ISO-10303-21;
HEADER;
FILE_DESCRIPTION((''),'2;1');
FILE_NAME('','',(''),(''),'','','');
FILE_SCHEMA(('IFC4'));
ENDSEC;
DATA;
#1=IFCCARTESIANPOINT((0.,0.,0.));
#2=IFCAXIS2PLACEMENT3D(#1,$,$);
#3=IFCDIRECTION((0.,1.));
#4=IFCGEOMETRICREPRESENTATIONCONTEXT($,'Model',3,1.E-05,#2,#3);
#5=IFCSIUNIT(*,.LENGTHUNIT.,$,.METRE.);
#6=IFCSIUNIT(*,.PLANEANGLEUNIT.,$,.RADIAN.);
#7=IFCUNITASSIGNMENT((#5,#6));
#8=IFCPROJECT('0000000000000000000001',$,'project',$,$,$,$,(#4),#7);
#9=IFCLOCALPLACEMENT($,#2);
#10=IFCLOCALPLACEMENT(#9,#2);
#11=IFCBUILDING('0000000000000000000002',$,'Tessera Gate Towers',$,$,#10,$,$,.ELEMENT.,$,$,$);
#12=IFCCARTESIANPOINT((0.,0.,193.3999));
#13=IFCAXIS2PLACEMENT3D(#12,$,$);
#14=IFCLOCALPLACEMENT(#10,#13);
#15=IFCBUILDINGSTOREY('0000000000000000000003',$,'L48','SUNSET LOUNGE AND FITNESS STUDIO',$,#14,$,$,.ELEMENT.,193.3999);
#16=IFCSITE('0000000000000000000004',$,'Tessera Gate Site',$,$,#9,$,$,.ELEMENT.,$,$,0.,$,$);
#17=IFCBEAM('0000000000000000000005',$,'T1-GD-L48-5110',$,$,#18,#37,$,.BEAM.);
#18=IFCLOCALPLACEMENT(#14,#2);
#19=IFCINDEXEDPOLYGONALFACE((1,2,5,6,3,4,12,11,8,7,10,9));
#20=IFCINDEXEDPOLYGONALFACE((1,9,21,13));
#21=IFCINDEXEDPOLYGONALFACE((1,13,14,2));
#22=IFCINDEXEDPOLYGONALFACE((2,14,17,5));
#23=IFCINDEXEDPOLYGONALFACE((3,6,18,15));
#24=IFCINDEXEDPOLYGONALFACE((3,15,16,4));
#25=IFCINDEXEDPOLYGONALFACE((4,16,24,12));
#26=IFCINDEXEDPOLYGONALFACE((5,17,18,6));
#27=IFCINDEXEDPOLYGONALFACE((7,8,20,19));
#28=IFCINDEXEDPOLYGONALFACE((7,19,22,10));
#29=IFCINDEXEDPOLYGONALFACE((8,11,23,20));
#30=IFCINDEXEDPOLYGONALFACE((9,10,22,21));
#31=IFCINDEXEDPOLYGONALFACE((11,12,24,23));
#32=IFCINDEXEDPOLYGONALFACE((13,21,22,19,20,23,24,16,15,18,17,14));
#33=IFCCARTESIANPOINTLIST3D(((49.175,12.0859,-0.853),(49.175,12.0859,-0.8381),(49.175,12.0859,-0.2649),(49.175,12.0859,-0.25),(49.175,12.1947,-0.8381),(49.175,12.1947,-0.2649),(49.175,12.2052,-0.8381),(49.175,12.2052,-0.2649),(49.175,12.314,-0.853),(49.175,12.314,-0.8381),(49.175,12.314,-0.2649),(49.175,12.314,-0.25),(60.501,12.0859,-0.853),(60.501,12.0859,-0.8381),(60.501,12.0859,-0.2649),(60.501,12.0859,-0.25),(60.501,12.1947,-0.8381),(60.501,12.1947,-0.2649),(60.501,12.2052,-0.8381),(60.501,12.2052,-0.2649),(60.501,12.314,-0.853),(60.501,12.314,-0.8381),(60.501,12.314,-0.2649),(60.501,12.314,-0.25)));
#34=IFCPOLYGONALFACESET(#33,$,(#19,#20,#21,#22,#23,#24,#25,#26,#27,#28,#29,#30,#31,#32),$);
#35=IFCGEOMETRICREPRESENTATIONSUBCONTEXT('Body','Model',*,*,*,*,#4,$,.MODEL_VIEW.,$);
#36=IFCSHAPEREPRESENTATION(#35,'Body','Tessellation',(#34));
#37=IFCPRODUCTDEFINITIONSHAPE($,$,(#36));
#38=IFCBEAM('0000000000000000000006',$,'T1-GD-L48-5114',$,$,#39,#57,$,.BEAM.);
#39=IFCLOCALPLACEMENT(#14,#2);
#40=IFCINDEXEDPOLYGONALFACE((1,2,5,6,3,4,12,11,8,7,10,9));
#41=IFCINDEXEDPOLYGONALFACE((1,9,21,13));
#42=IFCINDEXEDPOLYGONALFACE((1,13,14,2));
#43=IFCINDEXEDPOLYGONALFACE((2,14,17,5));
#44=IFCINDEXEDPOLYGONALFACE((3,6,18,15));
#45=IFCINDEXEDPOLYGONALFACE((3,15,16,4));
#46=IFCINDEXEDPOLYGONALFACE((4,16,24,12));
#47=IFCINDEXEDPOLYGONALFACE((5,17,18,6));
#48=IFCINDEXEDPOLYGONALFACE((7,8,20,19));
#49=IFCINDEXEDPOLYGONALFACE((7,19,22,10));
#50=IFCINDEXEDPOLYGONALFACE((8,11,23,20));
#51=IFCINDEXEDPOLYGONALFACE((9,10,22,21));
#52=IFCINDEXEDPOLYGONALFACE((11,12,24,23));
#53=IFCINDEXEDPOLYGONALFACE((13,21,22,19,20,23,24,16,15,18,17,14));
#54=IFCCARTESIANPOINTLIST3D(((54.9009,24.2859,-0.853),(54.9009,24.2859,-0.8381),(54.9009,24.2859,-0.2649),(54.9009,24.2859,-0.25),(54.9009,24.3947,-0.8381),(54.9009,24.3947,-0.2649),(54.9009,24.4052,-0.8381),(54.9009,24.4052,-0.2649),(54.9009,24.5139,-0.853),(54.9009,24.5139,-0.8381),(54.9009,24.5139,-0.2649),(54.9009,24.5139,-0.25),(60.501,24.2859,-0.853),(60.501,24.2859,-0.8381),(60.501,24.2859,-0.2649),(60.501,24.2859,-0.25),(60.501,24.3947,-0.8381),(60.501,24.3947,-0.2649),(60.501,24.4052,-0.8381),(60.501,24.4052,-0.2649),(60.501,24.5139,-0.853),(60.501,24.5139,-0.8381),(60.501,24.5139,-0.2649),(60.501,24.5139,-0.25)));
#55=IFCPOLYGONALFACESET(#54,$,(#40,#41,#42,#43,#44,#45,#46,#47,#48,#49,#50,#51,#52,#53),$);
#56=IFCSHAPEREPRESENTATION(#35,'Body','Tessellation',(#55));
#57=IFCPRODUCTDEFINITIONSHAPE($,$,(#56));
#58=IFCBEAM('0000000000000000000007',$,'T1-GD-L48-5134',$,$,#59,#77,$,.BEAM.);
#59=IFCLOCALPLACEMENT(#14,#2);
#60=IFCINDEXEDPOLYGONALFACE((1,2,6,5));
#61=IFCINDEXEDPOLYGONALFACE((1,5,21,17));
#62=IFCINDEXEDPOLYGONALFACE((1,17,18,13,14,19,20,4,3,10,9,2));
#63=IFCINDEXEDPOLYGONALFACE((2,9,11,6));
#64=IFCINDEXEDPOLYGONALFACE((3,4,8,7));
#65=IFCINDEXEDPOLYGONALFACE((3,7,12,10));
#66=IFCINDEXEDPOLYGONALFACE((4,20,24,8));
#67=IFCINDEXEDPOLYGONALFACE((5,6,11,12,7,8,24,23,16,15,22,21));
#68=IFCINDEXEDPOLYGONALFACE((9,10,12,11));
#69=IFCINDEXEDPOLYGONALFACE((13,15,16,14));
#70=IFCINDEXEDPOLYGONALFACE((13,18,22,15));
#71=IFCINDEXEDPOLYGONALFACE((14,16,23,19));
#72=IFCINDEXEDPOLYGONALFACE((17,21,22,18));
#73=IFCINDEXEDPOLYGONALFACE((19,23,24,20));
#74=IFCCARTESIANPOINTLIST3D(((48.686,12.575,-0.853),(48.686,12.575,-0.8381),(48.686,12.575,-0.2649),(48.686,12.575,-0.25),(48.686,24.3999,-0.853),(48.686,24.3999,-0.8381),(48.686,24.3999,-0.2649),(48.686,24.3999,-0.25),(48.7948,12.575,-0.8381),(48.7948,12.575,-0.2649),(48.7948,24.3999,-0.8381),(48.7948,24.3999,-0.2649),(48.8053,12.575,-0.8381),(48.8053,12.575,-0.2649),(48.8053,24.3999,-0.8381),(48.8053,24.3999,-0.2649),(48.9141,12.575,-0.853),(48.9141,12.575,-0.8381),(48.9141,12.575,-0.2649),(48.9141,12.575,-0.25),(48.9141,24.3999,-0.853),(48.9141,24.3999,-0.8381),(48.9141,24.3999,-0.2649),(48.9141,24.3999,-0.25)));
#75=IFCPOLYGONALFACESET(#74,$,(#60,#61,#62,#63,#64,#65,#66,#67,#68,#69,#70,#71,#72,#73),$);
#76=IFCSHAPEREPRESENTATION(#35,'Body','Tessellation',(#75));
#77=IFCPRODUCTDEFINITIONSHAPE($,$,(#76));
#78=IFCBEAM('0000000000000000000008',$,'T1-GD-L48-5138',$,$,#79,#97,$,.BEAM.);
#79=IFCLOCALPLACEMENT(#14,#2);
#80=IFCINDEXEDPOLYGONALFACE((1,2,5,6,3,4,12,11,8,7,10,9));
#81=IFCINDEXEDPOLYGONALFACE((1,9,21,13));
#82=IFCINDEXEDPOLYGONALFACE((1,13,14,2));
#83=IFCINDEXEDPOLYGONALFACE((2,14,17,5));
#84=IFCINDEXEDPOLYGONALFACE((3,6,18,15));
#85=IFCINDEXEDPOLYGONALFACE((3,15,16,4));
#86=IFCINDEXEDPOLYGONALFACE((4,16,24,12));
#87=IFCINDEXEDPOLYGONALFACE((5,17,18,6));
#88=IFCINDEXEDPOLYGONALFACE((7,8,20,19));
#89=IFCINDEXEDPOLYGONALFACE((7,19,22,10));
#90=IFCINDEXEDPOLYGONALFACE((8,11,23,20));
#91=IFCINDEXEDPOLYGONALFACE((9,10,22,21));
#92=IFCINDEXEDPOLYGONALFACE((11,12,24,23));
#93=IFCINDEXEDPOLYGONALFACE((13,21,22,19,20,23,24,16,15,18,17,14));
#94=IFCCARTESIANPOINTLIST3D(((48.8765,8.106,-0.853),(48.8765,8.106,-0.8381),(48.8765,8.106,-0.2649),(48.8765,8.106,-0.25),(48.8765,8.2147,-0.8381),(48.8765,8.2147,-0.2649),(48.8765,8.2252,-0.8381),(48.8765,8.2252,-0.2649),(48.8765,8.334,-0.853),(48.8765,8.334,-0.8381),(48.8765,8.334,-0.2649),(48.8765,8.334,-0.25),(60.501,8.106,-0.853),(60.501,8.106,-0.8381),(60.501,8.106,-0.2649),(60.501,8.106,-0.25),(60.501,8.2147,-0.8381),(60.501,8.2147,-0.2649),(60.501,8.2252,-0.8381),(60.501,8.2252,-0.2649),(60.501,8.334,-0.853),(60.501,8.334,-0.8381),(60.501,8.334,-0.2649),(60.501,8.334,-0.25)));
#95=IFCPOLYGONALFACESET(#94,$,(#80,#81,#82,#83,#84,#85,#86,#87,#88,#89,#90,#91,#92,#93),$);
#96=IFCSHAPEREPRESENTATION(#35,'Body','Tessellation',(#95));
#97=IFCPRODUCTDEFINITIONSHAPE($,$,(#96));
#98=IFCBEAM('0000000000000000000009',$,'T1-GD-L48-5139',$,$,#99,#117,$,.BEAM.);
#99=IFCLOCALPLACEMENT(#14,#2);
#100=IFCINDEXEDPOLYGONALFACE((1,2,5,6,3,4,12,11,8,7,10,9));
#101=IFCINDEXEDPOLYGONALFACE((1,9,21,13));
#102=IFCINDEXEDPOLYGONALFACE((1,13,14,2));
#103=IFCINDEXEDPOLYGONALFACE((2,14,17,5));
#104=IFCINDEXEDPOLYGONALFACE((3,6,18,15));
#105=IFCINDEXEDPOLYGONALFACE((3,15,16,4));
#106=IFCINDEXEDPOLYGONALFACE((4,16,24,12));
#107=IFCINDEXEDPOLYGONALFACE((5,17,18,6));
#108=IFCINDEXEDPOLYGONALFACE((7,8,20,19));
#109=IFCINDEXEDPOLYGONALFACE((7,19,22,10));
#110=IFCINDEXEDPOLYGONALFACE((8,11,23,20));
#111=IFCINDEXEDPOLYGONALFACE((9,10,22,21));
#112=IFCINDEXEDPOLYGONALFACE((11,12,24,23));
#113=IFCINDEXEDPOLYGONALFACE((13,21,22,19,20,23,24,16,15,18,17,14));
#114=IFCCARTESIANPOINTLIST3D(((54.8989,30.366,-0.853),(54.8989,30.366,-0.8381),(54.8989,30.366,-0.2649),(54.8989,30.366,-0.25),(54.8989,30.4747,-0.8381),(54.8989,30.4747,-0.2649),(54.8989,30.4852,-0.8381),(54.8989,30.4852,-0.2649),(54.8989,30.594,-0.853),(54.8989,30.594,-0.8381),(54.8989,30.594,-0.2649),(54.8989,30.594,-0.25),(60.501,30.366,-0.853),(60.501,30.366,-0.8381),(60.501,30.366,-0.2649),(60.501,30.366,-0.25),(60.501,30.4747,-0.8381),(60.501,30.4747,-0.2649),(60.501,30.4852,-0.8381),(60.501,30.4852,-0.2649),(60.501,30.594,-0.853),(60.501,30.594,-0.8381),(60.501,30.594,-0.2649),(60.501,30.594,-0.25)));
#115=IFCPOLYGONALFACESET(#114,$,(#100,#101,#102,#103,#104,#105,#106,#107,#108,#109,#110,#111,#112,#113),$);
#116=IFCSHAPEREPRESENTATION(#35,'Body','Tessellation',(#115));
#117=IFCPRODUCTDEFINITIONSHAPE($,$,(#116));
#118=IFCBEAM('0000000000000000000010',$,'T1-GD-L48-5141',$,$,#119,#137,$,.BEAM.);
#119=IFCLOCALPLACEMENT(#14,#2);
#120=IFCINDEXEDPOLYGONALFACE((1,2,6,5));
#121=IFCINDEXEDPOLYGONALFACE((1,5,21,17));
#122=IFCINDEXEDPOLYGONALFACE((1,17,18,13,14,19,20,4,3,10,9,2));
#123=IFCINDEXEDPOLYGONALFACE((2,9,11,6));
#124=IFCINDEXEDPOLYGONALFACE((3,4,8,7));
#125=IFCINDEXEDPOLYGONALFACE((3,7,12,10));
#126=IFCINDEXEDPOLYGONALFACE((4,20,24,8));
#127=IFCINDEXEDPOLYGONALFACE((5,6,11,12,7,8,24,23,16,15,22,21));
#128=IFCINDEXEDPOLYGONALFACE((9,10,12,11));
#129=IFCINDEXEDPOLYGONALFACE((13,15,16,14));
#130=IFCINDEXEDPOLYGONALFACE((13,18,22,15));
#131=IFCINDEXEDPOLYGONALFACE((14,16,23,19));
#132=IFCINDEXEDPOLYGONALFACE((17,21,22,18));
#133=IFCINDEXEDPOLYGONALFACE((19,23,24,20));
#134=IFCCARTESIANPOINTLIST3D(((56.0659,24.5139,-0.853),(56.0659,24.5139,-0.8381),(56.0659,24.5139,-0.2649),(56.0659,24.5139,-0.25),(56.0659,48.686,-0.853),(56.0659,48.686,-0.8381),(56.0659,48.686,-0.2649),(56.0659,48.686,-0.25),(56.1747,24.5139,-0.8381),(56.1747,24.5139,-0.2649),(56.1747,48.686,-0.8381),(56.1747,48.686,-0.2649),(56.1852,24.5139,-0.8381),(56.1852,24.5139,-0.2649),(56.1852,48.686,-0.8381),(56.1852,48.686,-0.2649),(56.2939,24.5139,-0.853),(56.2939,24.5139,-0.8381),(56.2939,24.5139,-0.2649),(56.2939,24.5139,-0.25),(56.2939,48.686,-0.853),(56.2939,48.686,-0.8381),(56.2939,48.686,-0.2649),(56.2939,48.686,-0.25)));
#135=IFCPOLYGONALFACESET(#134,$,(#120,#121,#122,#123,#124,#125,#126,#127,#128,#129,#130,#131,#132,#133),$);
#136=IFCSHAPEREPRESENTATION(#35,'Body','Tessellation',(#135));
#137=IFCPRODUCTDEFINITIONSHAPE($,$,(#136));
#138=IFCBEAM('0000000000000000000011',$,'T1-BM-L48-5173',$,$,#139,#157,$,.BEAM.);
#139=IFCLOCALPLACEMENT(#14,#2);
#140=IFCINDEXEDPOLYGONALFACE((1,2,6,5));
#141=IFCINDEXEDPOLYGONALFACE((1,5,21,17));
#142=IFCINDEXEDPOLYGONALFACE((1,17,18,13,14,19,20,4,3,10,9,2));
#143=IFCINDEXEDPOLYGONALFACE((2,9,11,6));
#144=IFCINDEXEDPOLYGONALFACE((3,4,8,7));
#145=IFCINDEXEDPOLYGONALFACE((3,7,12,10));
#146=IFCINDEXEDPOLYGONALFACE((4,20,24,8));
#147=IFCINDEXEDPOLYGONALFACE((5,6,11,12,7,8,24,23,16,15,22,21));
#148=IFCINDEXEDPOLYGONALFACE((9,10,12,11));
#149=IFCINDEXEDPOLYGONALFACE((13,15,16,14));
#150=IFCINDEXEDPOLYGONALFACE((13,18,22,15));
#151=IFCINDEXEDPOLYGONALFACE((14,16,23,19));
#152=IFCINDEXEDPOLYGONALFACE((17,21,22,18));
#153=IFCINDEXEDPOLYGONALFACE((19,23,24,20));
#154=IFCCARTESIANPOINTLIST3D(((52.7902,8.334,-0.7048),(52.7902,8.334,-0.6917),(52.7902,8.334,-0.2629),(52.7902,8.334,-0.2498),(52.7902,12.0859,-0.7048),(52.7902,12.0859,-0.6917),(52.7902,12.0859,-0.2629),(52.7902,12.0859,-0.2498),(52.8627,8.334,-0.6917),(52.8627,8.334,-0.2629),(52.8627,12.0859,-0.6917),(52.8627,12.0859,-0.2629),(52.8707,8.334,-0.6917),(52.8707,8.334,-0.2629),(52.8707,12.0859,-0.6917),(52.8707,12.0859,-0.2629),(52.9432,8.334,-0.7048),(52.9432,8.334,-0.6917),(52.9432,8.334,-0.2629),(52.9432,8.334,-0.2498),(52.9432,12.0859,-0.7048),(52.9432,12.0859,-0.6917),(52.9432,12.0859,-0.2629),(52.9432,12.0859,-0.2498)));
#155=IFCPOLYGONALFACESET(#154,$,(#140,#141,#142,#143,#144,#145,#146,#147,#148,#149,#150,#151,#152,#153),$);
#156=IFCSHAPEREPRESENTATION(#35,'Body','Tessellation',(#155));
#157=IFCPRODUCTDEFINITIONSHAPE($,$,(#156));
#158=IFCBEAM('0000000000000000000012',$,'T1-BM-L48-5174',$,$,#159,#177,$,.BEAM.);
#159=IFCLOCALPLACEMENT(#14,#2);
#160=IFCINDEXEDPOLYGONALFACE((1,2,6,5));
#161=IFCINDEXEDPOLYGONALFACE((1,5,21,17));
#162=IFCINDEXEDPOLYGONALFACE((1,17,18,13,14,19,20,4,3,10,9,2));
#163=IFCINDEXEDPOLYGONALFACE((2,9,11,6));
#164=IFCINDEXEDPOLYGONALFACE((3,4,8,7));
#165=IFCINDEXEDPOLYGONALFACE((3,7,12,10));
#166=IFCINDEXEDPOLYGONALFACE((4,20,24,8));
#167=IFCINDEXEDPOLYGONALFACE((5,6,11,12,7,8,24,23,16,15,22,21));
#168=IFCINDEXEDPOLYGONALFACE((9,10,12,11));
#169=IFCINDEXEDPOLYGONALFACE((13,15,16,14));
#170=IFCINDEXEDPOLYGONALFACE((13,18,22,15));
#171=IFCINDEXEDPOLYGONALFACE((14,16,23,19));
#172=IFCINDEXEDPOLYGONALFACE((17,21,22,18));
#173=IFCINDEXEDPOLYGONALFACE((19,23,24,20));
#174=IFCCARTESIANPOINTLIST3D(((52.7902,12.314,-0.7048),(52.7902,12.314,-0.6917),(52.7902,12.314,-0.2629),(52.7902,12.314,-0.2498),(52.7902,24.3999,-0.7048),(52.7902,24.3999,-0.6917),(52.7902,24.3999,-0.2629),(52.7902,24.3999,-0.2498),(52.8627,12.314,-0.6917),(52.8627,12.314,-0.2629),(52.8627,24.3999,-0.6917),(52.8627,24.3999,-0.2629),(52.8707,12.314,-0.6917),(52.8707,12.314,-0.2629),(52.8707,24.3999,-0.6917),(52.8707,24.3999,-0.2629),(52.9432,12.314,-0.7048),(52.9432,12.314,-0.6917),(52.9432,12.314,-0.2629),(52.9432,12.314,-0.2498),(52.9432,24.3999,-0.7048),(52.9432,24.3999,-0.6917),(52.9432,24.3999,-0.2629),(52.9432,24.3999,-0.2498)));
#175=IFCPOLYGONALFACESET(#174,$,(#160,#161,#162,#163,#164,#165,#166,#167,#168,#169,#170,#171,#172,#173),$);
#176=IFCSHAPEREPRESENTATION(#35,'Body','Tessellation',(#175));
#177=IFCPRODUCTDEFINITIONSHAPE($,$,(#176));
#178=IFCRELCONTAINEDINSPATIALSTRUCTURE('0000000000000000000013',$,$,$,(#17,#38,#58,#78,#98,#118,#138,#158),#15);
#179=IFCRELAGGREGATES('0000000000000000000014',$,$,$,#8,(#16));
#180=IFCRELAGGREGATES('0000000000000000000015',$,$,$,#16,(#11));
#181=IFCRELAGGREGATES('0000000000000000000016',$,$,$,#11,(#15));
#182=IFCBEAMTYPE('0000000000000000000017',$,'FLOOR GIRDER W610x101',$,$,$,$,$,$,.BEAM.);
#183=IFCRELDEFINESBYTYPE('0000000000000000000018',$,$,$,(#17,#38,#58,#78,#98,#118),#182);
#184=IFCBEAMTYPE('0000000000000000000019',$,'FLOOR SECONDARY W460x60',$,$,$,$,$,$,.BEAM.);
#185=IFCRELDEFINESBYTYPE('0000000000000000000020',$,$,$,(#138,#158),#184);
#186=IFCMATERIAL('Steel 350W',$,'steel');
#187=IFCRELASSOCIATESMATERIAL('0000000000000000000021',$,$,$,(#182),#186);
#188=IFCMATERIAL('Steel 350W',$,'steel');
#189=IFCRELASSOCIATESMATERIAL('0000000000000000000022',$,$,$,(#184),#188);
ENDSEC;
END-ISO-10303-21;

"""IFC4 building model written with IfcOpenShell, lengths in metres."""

from ifc_helpers import new_model, si_unit, direction, frame, origin, origin_2d, place, context, subcontext, project, spatial, i_section, extrude, material, material_profile, profile_set, type_object, element, save


model = new_model("IFC4")

# Units and contexts
model_context = context("Model", 3, precision=1e-05, world=origin(), true_north=direction((0.0, 1.0)))
body_context = subcontext(model_context, "Body", "Model", "MODEL_VIEW")
ifc_project = project(units=[si_unit("LENGTHUNIT", "METRE"), si_unit("PLANEANGLEUNIT", "RADIAN")], contexts=[model_context])

# Site, building, storey
site_placement = place(None, origin())
site = spatial("IfcSite", under=ifc_project, at=site_placement, Name="Tessera Gate Site", CompositionType="ELEMENT", RefElevation=0.0)
building_placement = place(site_placement, origin())
building = spatial("IfcBuilding", under=site, at=building_placement, Name="Tessera Gate Towers", CompositionType="ELEMENT")
storey_placement = place(building_placement, frame((0.0, 0.0, 193.3999)))
storey = spatial("IfcBuildingStorey", under=building, at=storey_placement, Name="L48", Description="SUNSET LOUNGE AND FITNESS STUDIO", CompositionType="ELEMENT", Elevation=193.3999)

# Beams
ifc_material_1 = material(Name="Steel 350W", Category="steel")
ifc_material_profile_1 = material_profile(ifc_material_1, i_section(OverallWidth=0.228, OverallDepth=0.603, WebThickness=0.0105, FlangeThickness=0.0149, at=origin_2d()), Name="W610x101")
ifc_profile_set_1 = profile_set([ifc_material_profile_1], Name="Steel 350W")
beam_type_1 = type_object("IfcBeamType", Name="FLOOR GIRDER W610x101", PredefinedType="BEAM", material=ifc_profile_set_1)
beam_1_placement = place(storey_placement, frame((49.175, 12.2, -0.5515), z_axis=(1.0, 0.0, 0.0), x_axis=(0.0, 1.0, 0.0)))
element("IfcBeam", 1, at=beam_1_placement, inside=storey, type_object=beam_type_1, Name="T1-GD-L48-5110", PredefinedType="BEAM", context=body_context, shape_type="SweptSolid", body=[
    extrude(i_section(OverallWidth=0.228, OverallDepth=0.603, WebThickness=0.0105, FlangeThickness=0.0149, at=origin_2d()), origin(), (0.0, 0.0, 1.0), 11.3259),
])
beam_2_placement = place(storey_placement, frame((54.9009, 24.3999, -0.5515), z_axis=(1.0, 0.0, 0.0), x_axis=(0.0, 1.0, 0.0)))
element("IfcBeam", 2, at=beam_2_placement, inside=storey, type_object=beam_type_1, Name="T1-GD-L48-5114", PredefinedType="BEAM", context=body_context, shape_type="SweptSolid", body=[
    extrude(i_section(OverallWidth=0.228, OverallDepth=0.603, WebThickness=0.0105, FlangeThickness=0.0149, at=origin_2d()), origin(), (0.0, 0.0, 1.0), 5.6001),
])
beam_3_placement = place(storey_placement, frame((48.8, 12.575, -0.5515), z_axis=(0.0, 1.0, 0.0), x_axis=(-1.0, 0.0, 0.0)))
element("IfcBeam", 3, at=beam_3_placement, inside=storey, type_object=beam_type_1, Name="T1-GD-L48-5134", PredefinedType="BEAM", context=body_context, shape_type="SweptSolid", body=[
    extrude(i_section(OverallWidth=0.228, OverallDepth=0.603, WebThickness=0.0105, FlangeThickness=0.0149, at=origin_2d()), origin(), (0.0, 0.0, 1.0), 11.825),
])
beam_4_placement = place(storey_placement, frame((48.8765, 8.22, -0.5515), z_axis=(1.0, 0.0, 0.0), x_axis=(0.0, 1.0, 0.0)))
element("IfcBeam", 4, at=beam_4_placement, inside=storey, type_object=beam_type_1, Name="T1-GD-L48-5138", PredefinedType="BEAM", context=body_context, shape_type="SweptSolid", body=[
    extrude(i_section(OverallWidth=0.228, OverallDepth=0.603, WebThickness=0.0105, FlangeThickness=0.0149, at=origin_2d()), origin(), (0.0, 0.0, 1.0), 11.6245),
])
beam_5_placement = place(storey_placement, frame((54.8989, 30.48, -0.5515), z_axis=(1.0, 0.0, 0.0), x_axis=(0.0, 1.0, 0.0)))
element("IfcBeam", 5, at=beam_5_placement, inside=storey, type_object=beam_type_1, Name="T1-GD-L48-5139", PredefinedType="BEAM", context=body_context, shape_type="SweptSolid", body=[
    extrude(i_section(OverallWidth=0.228, OverallDepth=0.603, WebThickness=0.0105, FlangeThickness=0.0149, at=origin_2d()), origin(), (0.0, 0.0, 1.0), 5.6021),
])
beam_6_placement = place(storey_placement, frame((56.1799, 24.5139, -0.5515), z_axis=(0.0, 1.0, 0.0), x_axis=(-1.0, 0.0, 0.0)))
element("IfcBeam", 6, at=beam_6_placement, inside=storey, type_object=beam_type_1, Name="T1-GD-L48-5141", PredefinedType="BEAM", context=body_context, shape_type="SweptSolid", body=[
    extrude(i_section(OverallWidth=0.228, OverallDepth=0.603, WebThickness=0.0105, FlangeThickness=0.0149, at=origin_2d()), origin(), (0.0, 0.0, 1.0), 24.1721),
])
ifc_material_2 = material(Name="Steel 350W", Category="steel")
ifc_material_profile_2 = material_profile(ifc_material_2, i_section(OverallWidth=0.1531, OverallDepth=0.4551, WebThickness=0.0081, FlangeThickness=0.0132, at=origin_2d()), Name="W460x60")
ifc_profile_set_2 = profile_set([ifc_material_profile_2], Name="Steel 350W")
beam_type_2 = type_object("IfcBeamType", Name="FLOOR SECONDARY W460x60", PredefinedType="BEAM", material=ifc_profile_set_2)
beam_7_placement = place(storey_placement, frame((52.8667, 8.334, -0.4773), z_axis=(0.0, 1.0, 0.0), x_axis=(-1.0, 0.0, 0.0)))
element("IfcBeam", 7, at=beam_7_placement, inside=storey, type_object=beam_type_2, Name="T1-BM-L48-5173", PredefinedType="BEAM", context=body_context, shape_type="SweptSolid", body=[
    extrude(i_section(OverallWidth=0.1531, OverallDepth=0.4551, WebThickness=0.0081, FlangeThickness=0.0132, at=origin_2d()), origin(), (0.0, 0.0, 1.0), 3.752),
])
beam_8_placement = place(storey_placement, frame((52.8667, 12.314, -0.4773), z_axis=(0.0, 1.0, 0.0), x_axis=(-1.0, 0.0, 0.0)))
element("IfcBeam", 8, at=beam_8_placement, inside=storey, type_object=beam_type_2, Name="T1-BM-L48-5174", PredefinedType="BEAM", context=body_context, shape_type="SweptSolid", body=[
    extrude(i_section(OverallWidth=0.1531, OverallDepth=0.4551, WebThickness=0.0081, FlangeThickness=0.0132, at=origin_2d()), origin(), (0.0, 0.0, 1.0), 12.0859),
])

save(model, "model.ifc")
